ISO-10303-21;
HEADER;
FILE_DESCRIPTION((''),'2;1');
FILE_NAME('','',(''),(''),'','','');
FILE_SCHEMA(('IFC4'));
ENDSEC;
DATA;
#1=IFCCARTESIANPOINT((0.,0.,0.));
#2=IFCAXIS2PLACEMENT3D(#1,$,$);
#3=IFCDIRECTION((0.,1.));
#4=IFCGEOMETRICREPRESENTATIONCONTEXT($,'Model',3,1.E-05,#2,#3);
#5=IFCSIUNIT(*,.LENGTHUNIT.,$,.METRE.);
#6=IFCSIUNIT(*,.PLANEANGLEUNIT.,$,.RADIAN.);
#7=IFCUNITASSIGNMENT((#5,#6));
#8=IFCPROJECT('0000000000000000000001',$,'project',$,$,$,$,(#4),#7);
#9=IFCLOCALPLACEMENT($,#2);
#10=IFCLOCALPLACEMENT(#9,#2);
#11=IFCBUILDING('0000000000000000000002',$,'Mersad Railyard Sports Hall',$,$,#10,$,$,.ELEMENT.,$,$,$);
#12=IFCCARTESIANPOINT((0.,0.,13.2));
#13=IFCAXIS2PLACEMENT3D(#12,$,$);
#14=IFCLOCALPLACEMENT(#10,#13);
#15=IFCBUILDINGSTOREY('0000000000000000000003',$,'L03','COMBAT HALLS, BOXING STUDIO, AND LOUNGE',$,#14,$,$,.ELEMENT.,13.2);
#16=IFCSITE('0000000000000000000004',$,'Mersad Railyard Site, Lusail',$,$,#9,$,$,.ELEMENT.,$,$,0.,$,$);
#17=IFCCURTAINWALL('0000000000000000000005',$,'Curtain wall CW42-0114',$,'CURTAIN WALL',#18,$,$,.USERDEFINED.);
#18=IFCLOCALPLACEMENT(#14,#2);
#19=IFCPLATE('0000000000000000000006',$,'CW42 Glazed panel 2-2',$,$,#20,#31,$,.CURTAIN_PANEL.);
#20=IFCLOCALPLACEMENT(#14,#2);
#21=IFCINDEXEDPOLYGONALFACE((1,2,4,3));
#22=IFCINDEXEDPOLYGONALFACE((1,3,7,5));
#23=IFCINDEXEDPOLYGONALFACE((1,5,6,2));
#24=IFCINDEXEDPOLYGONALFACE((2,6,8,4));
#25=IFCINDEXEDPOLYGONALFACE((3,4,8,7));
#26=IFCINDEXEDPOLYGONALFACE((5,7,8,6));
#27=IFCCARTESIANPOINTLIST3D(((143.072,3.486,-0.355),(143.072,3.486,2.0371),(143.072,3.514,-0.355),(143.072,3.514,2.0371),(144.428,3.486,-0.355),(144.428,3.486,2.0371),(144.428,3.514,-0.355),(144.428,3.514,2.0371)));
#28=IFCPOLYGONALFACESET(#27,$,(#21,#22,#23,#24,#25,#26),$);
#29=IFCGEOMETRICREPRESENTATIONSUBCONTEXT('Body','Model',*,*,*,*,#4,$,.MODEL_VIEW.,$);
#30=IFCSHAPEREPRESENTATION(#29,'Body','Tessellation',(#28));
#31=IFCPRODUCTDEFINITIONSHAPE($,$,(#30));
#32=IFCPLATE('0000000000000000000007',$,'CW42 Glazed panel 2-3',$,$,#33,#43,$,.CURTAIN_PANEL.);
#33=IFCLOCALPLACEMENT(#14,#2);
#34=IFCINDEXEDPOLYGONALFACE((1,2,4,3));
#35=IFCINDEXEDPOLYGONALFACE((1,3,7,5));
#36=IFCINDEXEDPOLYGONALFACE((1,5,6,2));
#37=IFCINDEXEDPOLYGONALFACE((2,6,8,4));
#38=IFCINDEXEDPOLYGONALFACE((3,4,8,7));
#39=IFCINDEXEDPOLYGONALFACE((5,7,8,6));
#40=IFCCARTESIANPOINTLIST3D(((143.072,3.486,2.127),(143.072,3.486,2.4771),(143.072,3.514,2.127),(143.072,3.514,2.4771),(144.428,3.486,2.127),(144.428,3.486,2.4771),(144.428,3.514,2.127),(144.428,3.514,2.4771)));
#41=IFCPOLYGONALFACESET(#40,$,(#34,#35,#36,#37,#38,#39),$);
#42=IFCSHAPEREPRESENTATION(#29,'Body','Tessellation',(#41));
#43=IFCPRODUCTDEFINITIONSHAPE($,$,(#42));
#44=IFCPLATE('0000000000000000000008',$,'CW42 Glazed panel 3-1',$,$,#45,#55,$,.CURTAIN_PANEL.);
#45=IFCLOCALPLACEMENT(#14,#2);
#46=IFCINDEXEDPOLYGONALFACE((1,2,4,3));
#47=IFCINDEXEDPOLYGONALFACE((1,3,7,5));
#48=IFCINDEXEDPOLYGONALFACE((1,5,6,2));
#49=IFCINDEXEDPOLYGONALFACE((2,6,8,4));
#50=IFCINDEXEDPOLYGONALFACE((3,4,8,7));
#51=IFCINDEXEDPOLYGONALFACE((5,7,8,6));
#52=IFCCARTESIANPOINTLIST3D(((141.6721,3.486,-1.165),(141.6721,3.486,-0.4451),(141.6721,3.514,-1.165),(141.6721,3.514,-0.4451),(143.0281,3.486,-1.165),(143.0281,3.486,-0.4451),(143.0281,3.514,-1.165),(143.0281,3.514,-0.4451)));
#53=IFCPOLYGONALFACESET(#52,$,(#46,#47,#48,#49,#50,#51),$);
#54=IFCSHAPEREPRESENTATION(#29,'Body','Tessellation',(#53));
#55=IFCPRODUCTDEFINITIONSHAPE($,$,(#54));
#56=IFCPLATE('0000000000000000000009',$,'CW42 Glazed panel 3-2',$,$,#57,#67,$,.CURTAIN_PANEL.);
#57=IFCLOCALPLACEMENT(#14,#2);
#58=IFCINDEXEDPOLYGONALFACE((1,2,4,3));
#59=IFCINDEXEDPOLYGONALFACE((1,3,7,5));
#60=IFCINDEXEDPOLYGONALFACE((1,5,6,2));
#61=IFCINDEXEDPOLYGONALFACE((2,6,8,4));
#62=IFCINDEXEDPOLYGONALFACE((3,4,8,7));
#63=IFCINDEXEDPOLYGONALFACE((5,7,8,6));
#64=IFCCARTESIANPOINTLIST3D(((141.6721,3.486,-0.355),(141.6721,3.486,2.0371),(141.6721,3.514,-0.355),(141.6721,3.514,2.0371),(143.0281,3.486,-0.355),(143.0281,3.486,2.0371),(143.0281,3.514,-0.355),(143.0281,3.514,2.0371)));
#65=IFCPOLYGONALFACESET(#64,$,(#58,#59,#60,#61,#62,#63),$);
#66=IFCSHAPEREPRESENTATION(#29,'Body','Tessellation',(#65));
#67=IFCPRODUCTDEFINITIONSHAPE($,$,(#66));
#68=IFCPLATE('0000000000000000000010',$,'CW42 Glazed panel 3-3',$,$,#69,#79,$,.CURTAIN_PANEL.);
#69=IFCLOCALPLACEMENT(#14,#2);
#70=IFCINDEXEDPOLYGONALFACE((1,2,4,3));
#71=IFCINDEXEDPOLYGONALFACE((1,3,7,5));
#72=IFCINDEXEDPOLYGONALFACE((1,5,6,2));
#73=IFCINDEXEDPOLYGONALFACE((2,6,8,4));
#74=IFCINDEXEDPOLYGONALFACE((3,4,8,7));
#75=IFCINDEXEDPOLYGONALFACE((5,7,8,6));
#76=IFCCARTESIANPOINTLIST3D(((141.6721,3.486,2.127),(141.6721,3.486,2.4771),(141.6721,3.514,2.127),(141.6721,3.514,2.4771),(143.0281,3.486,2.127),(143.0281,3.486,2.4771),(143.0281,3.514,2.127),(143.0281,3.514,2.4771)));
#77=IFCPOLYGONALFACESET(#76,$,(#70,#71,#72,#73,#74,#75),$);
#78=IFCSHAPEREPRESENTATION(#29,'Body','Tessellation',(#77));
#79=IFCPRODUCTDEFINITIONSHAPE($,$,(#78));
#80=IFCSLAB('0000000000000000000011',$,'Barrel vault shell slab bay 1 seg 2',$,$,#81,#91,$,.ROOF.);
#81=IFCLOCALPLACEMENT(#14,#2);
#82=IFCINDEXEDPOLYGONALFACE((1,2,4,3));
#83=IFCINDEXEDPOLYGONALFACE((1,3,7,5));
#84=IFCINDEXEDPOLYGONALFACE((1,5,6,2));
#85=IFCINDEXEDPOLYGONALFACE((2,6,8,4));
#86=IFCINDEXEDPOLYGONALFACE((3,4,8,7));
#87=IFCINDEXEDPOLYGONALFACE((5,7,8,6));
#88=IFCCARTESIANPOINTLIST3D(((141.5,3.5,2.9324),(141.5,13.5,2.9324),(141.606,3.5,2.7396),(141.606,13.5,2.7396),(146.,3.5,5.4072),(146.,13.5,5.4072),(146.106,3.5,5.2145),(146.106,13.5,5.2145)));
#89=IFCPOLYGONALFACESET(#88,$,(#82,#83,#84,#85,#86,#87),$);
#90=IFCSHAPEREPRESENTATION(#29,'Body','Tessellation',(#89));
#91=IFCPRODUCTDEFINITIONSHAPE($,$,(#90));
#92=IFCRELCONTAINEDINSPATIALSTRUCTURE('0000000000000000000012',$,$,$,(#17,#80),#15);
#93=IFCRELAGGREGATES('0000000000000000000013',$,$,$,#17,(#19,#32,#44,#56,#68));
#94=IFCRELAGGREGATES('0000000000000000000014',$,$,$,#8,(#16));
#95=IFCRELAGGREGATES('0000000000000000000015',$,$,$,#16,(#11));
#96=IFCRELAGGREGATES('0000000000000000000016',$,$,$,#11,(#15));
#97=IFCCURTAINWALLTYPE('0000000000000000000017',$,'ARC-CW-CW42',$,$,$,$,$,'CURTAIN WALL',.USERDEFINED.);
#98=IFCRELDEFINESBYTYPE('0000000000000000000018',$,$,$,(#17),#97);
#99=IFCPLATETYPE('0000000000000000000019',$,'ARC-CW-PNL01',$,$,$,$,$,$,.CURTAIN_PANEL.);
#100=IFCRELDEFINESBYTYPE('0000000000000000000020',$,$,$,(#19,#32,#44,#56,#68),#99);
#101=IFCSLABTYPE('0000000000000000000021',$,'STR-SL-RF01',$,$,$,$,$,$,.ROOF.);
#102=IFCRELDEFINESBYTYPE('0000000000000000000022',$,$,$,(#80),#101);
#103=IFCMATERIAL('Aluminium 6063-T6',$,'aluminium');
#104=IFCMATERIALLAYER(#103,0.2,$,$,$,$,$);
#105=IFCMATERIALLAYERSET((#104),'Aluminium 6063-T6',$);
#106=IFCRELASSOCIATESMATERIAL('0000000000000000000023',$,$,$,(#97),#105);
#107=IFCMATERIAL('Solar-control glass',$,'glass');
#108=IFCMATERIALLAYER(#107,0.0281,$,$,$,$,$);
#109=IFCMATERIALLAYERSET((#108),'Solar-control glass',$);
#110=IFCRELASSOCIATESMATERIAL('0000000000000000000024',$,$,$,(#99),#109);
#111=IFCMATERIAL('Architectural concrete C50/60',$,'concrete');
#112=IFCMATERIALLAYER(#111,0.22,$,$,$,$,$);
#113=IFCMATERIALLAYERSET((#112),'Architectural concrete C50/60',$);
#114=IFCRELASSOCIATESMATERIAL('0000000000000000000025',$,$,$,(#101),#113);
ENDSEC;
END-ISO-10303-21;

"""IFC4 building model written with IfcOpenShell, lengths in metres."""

from ifc_helpers import new_model, si_unit, direction, frame, origin, origin_2d, place, context, subcontext, project, spatial, polyline, rectangle, outline, extrude, material, layer, layer_set, type_object, element, aggregate, save


model = new_model("IFC4")

# Units and contexts
model_context = context("Model", 3, precision=1e-05, world=origin(), true_north=direction((0.0, 1.0)))
body_context = subcontext(model_context, "Body", "Model", "MODEL_VIEW")
ifc_project = project(units=[si_unit("LENGTHUNIT", "METRE"), si_unit("PLANEANGLEUNIT", "RADIAN")], contexts=[model_context])

# Site, building, storey
site_placement = place(None, origin())
site = spatial("IfcSite", under=ifc_project, at=site_placement, Name="Mersad Railyard Site, Lusail", CompositionType="ELEMENT", RefElevation=0.0)
building_placement = place(site_placement, origin())
building = spatial("IfcBuilding", under=site, at=building_placement, Name="Mersad Railyard Sports Hall", CompositionType="ELEMENT")
storey_placement = place(building_placement, frame((0.0, 0.0, 13.2)))
storey = spatial("IfcBuildingStorey", under=building, at=storey_placement, Name="L03", Description="COMBAT HALLS, BOXING STUDIO, AND LOUNGE", CompositionType="ELEMENT", Elevation=13.2)

# Curtain wall
ifc_material_1 = material(Name="Aluminium 6063-T6", Category="aluminium")
ifc_layer_1 = layer(ifc_material_1, 0.2)
ifc_layer_set_1 = layer_set([ifc_layer_1], Name="Aluminium 6063-T6")
curtain_wall_type_1 = type_object("IfcCurtainWallType", Name="ARC-CW-CW42", ElementType="CURTAIN WALL", PredefinedType="USERDEFINED", material=ifc_layer_set_1)
curtain_wall_1_placement = place(storey_placement, origin())
curtain_wall_1 = element("IfcCurtainWall", 1, at=curtain_wall_1_placement, inside=storey, type_object=curtain_wall_type_1, Name="Curtain wall CW42-0114", ObjectType="CURTAIN WALL", PredefinedType="USERDEFINED")

# Plates
ifc_material_2 = material(Name="Solar-control glass", Category="glass")
ifc_layer_2 = layer(ifc_material_2, 0.0281)
ifc_layer_set_2 = layer_set([ifc_layer_2], Name="Solar-control glass")
plate_type = type_object("IfcPlateType", Name="ARC-CW-PNL01", PredefinedType="CURTAIN_PANEL", material=ifc_layer_set_2)
plate_1_placement = place(storey_placement, frame((143.75, 3.5, -0.355), z_axis=(0.0, 0.0, 1.0), x_axis=(-1.0, 0.0, 0.0)))
plate_1 = element("IfcPlate", 2, at=plate_1_placement, type_object=plate_type, Name="CW42 Glazed panel 2-2", PredefinedType="CURTAIN_PANEL", context=body_context, shape_type="SweptSolid", body=[
    extrude(rectangle(XDim=1.356, YDim=0.0281, at=origin_2d()), origin(), (0.0, 0.0, 1.0), 2.3921),
])
plate_2_placement = place(storey_placement, frame((143.75, 3.5, 2.127), z_axis=(0.0, 0.0, 1.0), x_axis=(-1.0, 0.0, 0.0)))
plate_2 = element("IfcPlate", 3, at=plate_2_placement, type_object=plate_type, Name="CW42 Glazed panel 2-3", PredefinedType="CURTAIN_PANEL", context=body_context, shape_type="SweptSolid", body=[
    extrude(rectangle(XDim=1.356, YDim=0.0281, at=origin_2d()), origin(), (0.0, 0.0, 1.0), 0.3501),
])
plate_3_placement = place(storey_placement, frame((142.3501, 3.5, -1.165), z_axis=(0.0, 0.0, 1.0), x_axis=(-1.0, 0.0, 0.0)))
plate_3 = element("IfcPlate", 4, at=plate_3_placement, type_object=plate_type, Name="CW42 Glazed panel 3-1", PredefinedType="CURTAIN_PANEL", context=body_context, shape_type="SweptSolid", body=[
    extrude(rectangle(XDim=1.356, YDim=0.0281, at=origin_2d()), origin(), (0.0, 0.0, 1.0), 0.72),
])
plate_4_placement = place(storey_placement, frame((142.3501, 3.5, -0.355), z_axis=(0.0, 0.0, 1.0), x_axis=(-1.0, 0.0, 0.0)))
plate_4 = element("IfcPlate", 5, at=plate_4_placement, type_object=plate_type, Name="CW42 Glazed panel 3-2", PredefinedType="CURTAIN_PANEL", context=body_context, shape_type="SweptSolid", body=[
    extrude(rectangle(XDim=1.356, YDim=0.0281, at=origin_2d()), origin(), (0.0, 0.0, 1.0), 2.3921),
])
plate_5_placement = place(storey_placement, frame((142.3501, 3.5, 2.127), z_axis=(0.0, 0.0, 1.0), x_axis=(-1.0, 0.0, 0.0)))
plate_5 = element("IfcPlate", 6, at=plate_5_placement, type_object=plate_type, Name="CW42 Glazed panel 3-3", PredefinedType="CURTAIN_PANEL", context=body_context, shape_type="SweptSolid", body=[
    extrude(rectangle(XDim=1.356, YDim=0.0281, at=origin_2d()), origin(), (0.0, 0.0, 1.0), 0.3501),
])
aggregate(curtain_wall_1, [plate_1, plate_2, plate_3, plate_4, plate_5])

# Slab
ifc_material_3 = material(Name="Architectural concrete C50/60", Category="concrete")
ifc_layer_3 = layer(ifc_material_3, 0.22)
ifc_layer_set_3 = layer_set([ifc_layer_3], Name="Architectural concrete C50/60")
slab_type = type_object("IfcSlabType", Name="STR-SL-RF01", PredefinedType="ROOF", material=ifc_layer_set_3)
slab_placement = place(storey_placement, frame((141.5, 3.5, 2.9324), z_axis=(-0.481897, 0.0, 0.876228), x_axis=(0.876228, 0.0, 0.481897)))
element("IfcSlab", 7, at=slab_placement, inside=storey, type_object=slab_type, Name="Barrel vault shell slab bay 1 seg 2", PredefinedType="ROOF", context=body_context, shape_type="SweptSolid", body=[
    extrude(outline(polyline([(0.0, 0.0), (5.1356, 0.0), (5.1356, 10.0), (0.0, 10.0), (0.0, 0.0)])), origin(), (0.0, 0.0, -1.0), 0.22),
])

save(model, "model.ifc")
